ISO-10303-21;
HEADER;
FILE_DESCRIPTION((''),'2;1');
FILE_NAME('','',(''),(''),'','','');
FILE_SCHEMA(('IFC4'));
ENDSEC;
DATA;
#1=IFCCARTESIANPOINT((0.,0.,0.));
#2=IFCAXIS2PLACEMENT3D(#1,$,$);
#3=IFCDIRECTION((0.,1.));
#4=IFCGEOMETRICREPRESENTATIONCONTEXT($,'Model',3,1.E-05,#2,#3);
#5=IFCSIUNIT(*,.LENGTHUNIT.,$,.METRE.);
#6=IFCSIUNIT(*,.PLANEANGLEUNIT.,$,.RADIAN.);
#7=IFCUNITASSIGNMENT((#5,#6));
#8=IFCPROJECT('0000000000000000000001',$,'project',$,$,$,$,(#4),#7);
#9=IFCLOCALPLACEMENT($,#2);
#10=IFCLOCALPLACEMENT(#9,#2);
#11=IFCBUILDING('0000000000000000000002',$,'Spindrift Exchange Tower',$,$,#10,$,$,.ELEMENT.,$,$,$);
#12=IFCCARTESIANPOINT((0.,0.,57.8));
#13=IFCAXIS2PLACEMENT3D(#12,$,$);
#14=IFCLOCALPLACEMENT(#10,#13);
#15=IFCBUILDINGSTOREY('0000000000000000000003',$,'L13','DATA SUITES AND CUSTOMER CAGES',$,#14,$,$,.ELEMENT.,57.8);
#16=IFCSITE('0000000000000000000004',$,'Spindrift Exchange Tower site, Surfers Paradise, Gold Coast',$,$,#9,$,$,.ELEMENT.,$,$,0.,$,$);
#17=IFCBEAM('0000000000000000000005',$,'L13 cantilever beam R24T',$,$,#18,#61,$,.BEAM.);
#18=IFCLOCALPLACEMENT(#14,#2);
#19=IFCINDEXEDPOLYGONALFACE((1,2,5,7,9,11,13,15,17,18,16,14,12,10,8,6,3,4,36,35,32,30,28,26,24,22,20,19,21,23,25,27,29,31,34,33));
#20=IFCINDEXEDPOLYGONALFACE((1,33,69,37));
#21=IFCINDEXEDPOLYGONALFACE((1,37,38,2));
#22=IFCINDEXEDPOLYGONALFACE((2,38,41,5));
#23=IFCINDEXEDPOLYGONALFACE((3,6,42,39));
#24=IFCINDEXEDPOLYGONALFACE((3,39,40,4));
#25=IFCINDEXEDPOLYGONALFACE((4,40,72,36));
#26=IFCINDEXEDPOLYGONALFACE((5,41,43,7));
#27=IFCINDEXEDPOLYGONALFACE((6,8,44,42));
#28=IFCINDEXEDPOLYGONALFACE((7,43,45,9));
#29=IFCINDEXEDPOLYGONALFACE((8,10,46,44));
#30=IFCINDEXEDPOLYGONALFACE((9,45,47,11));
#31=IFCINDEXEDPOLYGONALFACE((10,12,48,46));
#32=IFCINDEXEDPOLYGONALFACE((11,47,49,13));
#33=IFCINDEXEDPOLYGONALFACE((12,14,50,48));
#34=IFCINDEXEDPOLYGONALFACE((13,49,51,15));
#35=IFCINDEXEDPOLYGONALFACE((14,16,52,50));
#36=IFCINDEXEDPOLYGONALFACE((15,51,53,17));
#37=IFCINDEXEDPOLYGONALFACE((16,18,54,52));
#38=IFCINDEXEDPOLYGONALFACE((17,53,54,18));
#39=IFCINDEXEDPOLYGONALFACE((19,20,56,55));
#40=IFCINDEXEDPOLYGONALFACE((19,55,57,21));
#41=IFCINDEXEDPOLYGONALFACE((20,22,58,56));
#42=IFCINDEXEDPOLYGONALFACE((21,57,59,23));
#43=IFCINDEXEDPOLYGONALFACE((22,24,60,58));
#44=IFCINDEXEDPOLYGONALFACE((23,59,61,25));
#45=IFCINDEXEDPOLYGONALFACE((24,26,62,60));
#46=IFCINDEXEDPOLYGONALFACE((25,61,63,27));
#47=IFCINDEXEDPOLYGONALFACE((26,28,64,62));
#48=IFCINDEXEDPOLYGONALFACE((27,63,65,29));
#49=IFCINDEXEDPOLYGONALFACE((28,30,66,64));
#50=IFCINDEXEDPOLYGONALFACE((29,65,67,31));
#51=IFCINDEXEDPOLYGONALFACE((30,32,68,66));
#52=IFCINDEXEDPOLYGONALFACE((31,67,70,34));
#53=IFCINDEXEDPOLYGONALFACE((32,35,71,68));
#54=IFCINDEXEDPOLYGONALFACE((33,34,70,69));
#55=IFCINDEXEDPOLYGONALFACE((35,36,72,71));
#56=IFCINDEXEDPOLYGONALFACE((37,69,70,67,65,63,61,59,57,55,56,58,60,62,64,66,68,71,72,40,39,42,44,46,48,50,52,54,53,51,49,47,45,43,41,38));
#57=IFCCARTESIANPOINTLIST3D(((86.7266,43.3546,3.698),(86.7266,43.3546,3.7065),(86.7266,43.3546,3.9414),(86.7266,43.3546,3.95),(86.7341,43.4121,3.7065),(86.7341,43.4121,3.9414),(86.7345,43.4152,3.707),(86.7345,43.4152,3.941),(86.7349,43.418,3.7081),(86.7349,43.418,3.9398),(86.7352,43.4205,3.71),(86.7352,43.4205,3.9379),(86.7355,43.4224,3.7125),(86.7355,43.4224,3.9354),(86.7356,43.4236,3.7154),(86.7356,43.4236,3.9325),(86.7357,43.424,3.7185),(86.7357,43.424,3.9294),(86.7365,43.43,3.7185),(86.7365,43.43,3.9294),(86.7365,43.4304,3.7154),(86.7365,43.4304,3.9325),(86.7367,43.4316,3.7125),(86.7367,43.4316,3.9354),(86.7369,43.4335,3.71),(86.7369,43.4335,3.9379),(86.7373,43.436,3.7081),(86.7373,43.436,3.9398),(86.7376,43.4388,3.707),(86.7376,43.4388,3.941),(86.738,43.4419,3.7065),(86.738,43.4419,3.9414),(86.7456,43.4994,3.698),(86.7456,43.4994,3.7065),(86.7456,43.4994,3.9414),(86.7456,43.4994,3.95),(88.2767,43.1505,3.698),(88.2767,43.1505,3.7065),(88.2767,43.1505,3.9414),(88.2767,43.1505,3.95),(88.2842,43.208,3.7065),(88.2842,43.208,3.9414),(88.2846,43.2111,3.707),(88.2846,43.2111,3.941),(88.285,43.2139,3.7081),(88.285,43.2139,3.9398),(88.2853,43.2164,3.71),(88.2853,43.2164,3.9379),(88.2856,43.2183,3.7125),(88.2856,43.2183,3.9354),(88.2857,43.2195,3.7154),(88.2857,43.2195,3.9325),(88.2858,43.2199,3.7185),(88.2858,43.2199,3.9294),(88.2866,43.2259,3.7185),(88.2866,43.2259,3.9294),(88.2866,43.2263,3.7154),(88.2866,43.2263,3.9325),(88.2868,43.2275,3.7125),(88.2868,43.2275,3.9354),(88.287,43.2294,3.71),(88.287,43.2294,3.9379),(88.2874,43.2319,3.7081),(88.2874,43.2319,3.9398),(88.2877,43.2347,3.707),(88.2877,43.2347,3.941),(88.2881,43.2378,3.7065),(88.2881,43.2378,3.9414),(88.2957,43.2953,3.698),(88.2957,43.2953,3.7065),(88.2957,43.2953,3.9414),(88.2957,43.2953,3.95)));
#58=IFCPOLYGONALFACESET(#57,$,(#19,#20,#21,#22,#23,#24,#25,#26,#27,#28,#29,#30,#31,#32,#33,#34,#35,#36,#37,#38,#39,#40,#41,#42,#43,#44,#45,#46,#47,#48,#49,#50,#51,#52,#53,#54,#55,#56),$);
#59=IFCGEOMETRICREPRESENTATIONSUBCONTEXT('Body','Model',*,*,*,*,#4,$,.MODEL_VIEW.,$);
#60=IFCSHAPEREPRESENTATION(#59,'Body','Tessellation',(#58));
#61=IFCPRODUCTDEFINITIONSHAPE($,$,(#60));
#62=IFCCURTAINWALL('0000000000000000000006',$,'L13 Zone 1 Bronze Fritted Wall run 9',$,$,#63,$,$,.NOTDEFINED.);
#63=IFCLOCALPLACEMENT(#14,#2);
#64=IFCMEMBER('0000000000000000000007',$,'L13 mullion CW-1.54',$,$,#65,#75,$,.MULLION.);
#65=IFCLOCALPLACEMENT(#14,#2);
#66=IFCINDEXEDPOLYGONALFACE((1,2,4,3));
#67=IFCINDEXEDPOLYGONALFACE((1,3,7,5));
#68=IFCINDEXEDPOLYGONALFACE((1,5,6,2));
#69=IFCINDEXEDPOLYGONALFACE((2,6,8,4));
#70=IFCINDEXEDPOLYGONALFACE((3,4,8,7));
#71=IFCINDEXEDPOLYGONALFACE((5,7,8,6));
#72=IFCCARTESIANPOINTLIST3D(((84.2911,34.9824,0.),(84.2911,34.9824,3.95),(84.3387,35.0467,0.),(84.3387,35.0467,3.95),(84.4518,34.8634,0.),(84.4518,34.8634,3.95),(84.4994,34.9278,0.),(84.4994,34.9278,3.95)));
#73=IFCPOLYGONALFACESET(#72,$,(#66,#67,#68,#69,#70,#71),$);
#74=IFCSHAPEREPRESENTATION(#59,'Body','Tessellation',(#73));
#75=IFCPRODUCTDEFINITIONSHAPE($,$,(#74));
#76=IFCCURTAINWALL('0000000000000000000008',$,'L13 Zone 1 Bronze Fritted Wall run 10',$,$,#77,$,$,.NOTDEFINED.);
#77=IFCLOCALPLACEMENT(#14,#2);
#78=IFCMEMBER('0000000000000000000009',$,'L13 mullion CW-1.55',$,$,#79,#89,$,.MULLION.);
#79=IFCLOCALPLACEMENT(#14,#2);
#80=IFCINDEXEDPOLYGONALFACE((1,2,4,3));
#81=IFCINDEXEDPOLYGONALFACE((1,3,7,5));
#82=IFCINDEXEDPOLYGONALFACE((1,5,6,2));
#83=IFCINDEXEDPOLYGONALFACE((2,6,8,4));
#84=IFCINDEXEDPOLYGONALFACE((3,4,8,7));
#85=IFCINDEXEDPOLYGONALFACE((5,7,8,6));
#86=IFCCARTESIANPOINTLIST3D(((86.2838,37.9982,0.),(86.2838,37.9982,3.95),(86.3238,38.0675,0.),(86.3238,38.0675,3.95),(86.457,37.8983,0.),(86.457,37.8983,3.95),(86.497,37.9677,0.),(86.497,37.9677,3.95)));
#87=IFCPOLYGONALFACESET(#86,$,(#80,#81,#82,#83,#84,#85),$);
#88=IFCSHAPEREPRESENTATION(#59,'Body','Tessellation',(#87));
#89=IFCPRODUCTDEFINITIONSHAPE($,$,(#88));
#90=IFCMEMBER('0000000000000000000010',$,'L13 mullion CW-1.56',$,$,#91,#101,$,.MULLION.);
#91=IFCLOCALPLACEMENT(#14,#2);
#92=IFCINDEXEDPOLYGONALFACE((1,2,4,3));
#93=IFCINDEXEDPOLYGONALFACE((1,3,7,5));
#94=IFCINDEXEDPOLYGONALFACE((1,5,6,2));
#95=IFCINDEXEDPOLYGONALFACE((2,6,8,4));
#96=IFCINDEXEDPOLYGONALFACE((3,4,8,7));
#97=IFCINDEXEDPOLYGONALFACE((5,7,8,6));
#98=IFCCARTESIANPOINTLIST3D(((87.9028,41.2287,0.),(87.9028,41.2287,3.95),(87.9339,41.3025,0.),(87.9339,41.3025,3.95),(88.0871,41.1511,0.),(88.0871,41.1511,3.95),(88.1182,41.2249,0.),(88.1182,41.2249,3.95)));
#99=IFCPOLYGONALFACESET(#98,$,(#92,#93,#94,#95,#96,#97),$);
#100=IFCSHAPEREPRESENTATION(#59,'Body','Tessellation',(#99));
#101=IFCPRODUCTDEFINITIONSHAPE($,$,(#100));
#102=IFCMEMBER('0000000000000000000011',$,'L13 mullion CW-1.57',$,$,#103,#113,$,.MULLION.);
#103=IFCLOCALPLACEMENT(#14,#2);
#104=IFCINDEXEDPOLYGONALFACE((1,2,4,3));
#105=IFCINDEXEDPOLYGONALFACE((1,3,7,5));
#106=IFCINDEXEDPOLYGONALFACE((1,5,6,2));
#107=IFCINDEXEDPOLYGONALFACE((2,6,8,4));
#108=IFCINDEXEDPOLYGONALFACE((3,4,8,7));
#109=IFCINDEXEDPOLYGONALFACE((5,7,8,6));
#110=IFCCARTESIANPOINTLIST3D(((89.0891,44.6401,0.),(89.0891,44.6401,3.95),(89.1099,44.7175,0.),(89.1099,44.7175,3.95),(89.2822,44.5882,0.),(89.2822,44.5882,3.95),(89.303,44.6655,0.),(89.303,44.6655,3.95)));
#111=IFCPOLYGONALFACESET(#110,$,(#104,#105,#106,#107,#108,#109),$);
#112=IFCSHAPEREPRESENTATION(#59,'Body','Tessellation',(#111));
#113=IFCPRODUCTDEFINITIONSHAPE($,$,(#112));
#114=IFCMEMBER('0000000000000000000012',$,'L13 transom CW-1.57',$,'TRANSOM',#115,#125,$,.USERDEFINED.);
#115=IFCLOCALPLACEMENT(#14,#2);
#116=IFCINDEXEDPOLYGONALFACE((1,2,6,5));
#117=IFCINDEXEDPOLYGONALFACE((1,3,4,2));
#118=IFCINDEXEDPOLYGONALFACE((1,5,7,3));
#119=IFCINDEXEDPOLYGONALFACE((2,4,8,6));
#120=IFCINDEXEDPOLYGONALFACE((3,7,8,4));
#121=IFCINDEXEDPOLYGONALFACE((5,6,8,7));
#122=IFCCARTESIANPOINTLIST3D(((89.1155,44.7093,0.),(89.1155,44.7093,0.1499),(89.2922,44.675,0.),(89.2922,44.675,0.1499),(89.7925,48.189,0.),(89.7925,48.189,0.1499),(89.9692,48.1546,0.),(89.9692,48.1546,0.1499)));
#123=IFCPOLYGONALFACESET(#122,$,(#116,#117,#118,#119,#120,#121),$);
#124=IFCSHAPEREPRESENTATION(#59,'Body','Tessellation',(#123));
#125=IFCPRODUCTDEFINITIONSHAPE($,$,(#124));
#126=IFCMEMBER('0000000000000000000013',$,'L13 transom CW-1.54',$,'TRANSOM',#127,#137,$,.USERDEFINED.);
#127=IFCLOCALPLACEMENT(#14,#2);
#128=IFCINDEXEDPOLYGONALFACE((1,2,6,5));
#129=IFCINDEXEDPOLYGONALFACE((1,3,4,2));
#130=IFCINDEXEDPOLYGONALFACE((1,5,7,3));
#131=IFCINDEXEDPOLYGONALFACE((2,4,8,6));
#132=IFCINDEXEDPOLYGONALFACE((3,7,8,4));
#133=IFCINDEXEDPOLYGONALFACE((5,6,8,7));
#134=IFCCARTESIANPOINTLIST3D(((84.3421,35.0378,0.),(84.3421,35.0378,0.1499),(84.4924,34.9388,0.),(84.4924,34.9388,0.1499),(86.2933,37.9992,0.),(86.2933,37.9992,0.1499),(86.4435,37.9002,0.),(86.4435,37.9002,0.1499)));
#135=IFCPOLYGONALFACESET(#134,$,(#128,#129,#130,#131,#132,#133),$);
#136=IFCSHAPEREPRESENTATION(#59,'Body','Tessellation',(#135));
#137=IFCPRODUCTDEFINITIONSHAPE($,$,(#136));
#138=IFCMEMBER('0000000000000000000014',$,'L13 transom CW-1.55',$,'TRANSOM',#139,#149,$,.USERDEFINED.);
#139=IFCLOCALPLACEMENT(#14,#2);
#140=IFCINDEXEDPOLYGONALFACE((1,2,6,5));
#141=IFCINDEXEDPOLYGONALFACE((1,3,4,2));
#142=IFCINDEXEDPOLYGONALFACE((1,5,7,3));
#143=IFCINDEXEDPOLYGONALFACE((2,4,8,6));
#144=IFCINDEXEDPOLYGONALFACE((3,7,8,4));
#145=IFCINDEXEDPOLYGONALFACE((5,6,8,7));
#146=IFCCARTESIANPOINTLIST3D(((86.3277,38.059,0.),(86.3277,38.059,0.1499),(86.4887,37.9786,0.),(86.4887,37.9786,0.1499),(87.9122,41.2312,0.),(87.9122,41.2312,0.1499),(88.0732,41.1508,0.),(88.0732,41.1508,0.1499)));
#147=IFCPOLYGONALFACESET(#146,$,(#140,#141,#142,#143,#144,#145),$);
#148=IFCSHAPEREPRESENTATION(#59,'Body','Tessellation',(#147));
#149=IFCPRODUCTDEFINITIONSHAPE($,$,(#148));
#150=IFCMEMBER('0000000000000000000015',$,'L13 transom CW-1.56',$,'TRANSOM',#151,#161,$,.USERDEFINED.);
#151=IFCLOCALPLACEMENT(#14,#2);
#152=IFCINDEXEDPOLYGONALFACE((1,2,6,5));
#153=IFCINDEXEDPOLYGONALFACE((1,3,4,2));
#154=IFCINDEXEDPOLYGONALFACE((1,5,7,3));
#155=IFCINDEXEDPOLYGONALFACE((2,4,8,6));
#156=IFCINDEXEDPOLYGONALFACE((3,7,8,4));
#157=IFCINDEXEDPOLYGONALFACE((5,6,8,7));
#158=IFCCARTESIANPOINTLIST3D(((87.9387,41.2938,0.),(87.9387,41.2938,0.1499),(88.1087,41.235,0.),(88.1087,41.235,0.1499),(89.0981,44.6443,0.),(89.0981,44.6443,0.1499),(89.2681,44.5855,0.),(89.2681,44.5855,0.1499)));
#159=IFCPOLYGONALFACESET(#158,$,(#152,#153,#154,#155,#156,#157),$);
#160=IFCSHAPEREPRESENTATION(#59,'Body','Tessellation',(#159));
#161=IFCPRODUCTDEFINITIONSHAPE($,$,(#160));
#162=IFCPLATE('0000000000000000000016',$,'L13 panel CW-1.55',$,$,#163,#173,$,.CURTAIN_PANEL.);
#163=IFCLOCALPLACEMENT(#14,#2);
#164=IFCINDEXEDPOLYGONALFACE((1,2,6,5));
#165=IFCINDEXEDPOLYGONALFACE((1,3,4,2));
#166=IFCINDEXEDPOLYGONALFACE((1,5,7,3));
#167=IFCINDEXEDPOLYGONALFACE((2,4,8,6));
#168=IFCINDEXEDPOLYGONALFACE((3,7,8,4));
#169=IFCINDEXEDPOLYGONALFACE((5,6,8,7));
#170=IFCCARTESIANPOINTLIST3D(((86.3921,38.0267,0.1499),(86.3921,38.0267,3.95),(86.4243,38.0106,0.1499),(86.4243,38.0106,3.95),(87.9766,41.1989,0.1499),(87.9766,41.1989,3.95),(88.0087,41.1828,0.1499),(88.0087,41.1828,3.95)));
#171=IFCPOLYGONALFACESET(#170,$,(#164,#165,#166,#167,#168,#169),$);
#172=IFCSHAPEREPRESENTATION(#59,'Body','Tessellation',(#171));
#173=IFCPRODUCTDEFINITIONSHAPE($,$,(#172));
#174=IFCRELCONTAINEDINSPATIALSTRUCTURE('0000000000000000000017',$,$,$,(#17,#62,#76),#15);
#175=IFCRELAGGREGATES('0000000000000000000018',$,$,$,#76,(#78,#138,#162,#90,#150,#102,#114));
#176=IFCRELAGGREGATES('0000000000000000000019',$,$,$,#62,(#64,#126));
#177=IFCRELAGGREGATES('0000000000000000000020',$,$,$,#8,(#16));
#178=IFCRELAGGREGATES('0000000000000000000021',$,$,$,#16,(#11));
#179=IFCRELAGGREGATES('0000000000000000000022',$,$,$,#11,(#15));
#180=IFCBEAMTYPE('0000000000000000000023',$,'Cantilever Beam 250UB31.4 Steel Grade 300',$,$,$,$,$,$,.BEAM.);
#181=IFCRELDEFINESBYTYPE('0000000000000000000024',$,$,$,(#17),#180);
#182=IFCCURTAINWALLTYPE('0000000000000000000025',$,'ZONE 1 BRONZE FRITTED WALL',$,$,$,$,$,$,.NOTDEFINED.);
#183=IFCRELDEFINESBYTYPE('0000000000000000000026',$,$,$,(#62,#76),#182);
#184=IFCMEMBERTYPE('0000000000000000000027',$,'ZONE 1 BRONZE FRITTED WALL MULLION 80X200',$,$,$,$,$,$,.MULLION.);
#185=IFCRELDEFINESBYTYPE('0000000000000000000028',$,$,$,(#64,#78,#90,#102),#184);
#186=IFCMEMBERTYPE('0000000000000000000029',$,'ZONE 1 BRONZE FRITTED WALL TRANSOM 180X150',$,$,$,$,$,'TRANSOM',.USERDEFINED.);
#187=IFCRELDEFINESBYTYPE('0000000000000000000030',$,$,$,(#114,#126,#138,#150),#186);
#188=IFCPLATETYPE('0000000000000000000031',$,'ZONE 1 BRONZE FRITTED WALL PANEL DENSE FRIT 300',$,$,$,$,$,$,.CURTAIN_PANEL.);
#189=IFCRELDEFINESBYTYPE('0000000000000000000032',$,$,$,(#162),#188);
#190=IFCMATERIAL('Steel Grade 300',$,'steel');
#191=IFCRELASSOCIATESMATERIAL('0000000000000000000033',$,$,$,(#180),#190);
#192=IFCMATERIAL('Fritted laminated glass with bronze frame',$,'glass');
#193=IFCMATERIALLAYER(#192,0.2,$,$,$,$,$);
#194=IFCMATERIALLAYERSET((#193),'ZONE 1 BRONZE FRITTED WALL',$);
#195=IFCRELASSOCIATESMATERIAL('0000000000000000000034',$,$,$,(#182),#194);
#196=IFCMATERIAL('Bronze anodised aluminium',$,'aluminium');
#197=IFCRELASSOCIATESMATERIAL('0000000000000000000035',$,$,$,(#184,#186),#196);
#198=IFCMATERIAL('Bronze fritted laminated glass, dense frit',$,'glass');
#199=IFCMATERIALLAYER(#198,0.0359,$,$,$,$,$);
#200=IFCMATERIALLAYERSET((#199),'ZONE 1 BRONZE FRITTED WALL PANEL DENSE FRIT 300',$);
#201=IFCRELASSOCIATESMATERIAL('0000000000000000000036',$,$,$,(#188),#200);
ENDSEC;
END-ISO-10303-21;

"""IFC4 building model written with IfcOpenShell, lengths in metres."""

from ifc_helpers import new_model, si_unit, direction, frame, origin, origin_2d, place, context, subcontext, project, spatial, rectangle, i_section, extrude, source, transform, mapped, material, layer, layer_set, material_profile, profile_set, type_object, element, aggregate, save


model = new_model("IFC4")

# Units and contexts
model_context = context("Model", 3, precision=1e-05, world=origin(), true_north=direction((0.0, 1.0)))
body_context = subcontext(model_context, "Body", "Model", "MODEL_VIEW")
ifc_project = project(units=[si_unit("LENGTHUNIT", "METRE"), si_unit("PLANEANGLEUNIT", "RADIAN")], contexts=[model_context])

# Site, building, storey
site_placement = place(None, origin())
site = spatial("IfcSite", under=ifc_project, at=site_placement, Name="Spindrift Exchange Tower site, Surfers Paradise, Gold Coast", CompositionType="ELEMENT", RefElevation=0.0)
building_placement = place(site_placement, origin())
building = spatial("IfcBuilding", under=site, at=building_placement, Name="Spindrift Exchange Tower", CompositionType="ELEMENT")
storey_placement = place(building_placement, frame((0.0, 0.0, 57.8)))
storey = spatial("IfcBuildingStorey", under=building, at=storey_placement, Name="L13", Description="DATA SUITES AND CUSTOMER CAGES", CompositionType="ELEMENT", Elevation=57.8)

# Beam
ifc_material_1 = material(Name="Steel Grade 300", Category="steel")
ifc_material_profile_1 = material_profile(ifc_material_1, i_section(OverallWidth=0.146, OverallDepth=0.252, WebThickness=0.0061, FlangeThickness=0.0085, FilletRadius=0.012, at=origin_2d()), Name="250UB31.4")
ifc_profile_set_1 = profile_set([ifc_material_profile_1], Name="Steel Grade 300")
beam_type_1 = type_object("IfcBeamType", Name="Cantilever Beam 250UB31.4 Steel Grade 300", PredefinedType="BEAM", material=ifc_profile_set_1)
shared_shape_1 = source(origin(), body_context, "Body", "SweptSolid", [
    extrude(i_section(OverallWidth=0.146, OverallDepth=0.252, WebThickness=0.0061, FlangeThickness=0.0085, FilletRadius=0.012, at=origin_2d()), origin(), (0.0, 0.0, 1.0), 1.5635),
])
beam_1_placement = place(storey_placement, frame((86.7361, 43.427, 3.824), z_axis=(0.991442, -0.130547, 0.0), x_axis=(0.130547, 0.991442, 0.0)))
element("IfcBeam", 1, at=beam_1_placement, inside=storey, type_object=beam_type_1, Name="L13 cantilever beam R24T", PredefinedType="BEAM", context=body_context, shape_type="MappedRepresentation", body=[
    mapped(shared_shape_1, transform((0.0, 0.0, 0.0), scale=1.0)),
])

# Curtain wall, member
ifc_material_2 = material(Name="Fritted laminated glass with bronze frame", Category="glass")
ifc_layer_1 = layer(ifc_material_2, 0.2)
ifc_layer_set_1 = layer_set([ifc_layer_1], Name="ZONE 1 BRONZE FRITTED WALL")
curtain_wall_type = type_object("IfcCurtainWallType", Name="ZONE 1 BRONZE FRITTED WALL", PredefinedType="NOTDEFINED", material=ifc_layer_set_1)
curtain_wall_1_placement = place(storey_placement, origin())
curtain_wall_1 = element("IfcCurtainWall", 2, at=curtain_wall_1_placement, inside=storey, type_object=curtain_wall_type, Name="L13 Zone 1 Bronze Fritted Wall run 9", PredefinedType="NOTDEFINED")
ifc_material_3 = material(Name="Bronze anodised aluminium", Category="aluminium")
ifc_material_profile_2 = material_profile(ifc_material_3, rectangle(XDim=0.0801, YDim=0.2, at=origin_2d()), Name="ZONE 1 BRONZE FRITTED WALL MULLION 80X200")
ifc_profile_set_2 = profile_set([ifc_material_profile_2], Name="Bronze anodised aluminium")
member_type_1 = type_object("IfcMemberType", Name="ZONE 1 BRONZE FRITTED WALL MULLION 80X200", PredefinedType="MULLION", material=ifc_profile_set_2)
shared_shape_2 = source(origin(), body_context, "Body", "SweptSolid", [
    extrude(rectangle(XDim=0.0801, YDim=0.2, at=origin_2d()), origin(), (0.0, 0.0, 1.0), 3.95),
])
member_1_placement = place(storey_placement, frame((84.3953, 34.9551, 0.0), z_axis=(0.0, 0.0, 1.0), x_axis=(0.595044, 0.803693, 0.0)))
member_1 = element("IfcMember", 3, at=member_1_placement, type_object=member_type_1, Name="L13 mullion CW-1.54", PredefinedType="MULLION", context=body_context, shape_type="MappedRepresentation", body=[
    mapped(shared_shape_2, transform((0.0, 0.0, 0.0), scale=1.0)),
])

# Curtain wall, members
curtain_wall_2_placement = place(storey_placement, origin())
curtain_wall_2 = element("IfcCurtainWall", 4, at=curtain_wall_2_placement, inside=storey, type_object=curtain_wall_type, Name="L13 Zone 1 Bronze Fritted Wall run 10", PredefinedType="NOTDEFINED")
member_2_placement = place(storey_placement, frame((86.3904, 37.9829, 0.0), z_axis=(0.0, 0.0, 1.0), x_axis=(0.49942, 0.86636, 0.0)))
member_2 = element("IfcMember", 5, at=member_2_placement, type_object=member_type_1, Name="L13 mullion CW-1.55", PredefinedType="MULLION", context=body_context, shape_type="MappedRepresentation", body=[
    mapped(shared_shape_2, transform((0.0, 0.0, 0.0), scale=1.0)),
])
member_3_placement = place(storey_placement, frame((88.0105, 41.2268, 0.0), z_axis=(0.0, 0.0, 1.0), x_axis=(0.38774, 0.921769, 0.0)))
member_3 = element("IfcMember", 6, at=member_3_placement, type_object=member_type_1, Name="L13 mullion CW-1.56", PredefinedType="MULLION", context=body_context, shape_type="MappedRepresentation", body=[
    mapped(shared_shape_2, transform((0.0, 0.0, 0.0), scale=1.0)),
])
member_4_placement = place(storey_placement, frame((89.196, 44.6528, 0.0), z_axis=(0.0, 0.0, 1.0), x_axis=(0.259644, 0.965704, 0.0)))
member_4 = element("IfcMember", 7, at=member_4_placement, type_object=member_type_1, Name="L13 mullion CW-1.57", PredefinedType="MULLION", context=body_context, shape_type="MappedRepresentation", body=[
    mapped(shared_shape_2, transform((0.0, 0.0, 0.0), scale=1.0)),
])
ifc_material_profile_3 = material_profile(ifc_material_3, rectangle(XDim=0.1799, YDim=0.1499, at=origin_2d()), Name="ZONE 1 BRONZE FRITTED WALL TRANSOM 180X150")
ifc_profile_set_3 = profile_set([ifc_material_profile_3], Name="Bronze anodised aluminium")
member_type_2 = type_object("IfcMemberType", Name="ZONE 1 BRONZE FRITTED WALL TRANSOM 180X150", ElementType="TRANSOM", PredefinedType="USERDEFINED", material=ifc_profile_set_3)
shared_shape_3 = source(origin(), body_context, "Body", "SweptSolid", [
    extrude(rectangle(XDim=0.1799, YDim=0.1499, at=origin_2d()), origin(), (0.0, 0.0, 1.0), 3.5449),
])
member_5_placement = place(storey_placement, frame((89.2039, 44.6921, 0.075), z_axis=(0.190975, 0.981595, 0.0), x_axis=(-0.981595, 0.190975, 0.0)))
member_5 = element("IfcMember", 8, at=member_5_placement, type_object=member_type_2, Name="L13 transom CW-1.57", ObjectType="TRANSOM", PredefinedType="USERDEFINED", context=body_context, shape_type="MappedRepresentation", body=[
    mapped(shared_shape_3, transform((0.0, 0.0, 0.0), scale=1.0)),
])

# Members
shared_shape_4 = source(origin(), body_context, "Body", "SweptSolid", [
    extrude(rectangle(XDim=0.1799, YDim=0.1499, at=origin_2d()), origin(), (0.0, 0.0, 1.0), 3.5464),
])
member_6_placement = place(storey_placement, frame((84.4172, 34.9883, 0.075), z_axis=(0.55018, 0.835046, 0.0), x_axis=(-0.835046, 0.55018, 0.0)))
member_6 = element("IfcMember", 9, at=member_6_placement, type_object=member_type_2, Name="L13 transom CW-1.54", ObjectType="TRANSOM", PredefinedType="USERDEFINED", context=body_context, shape_type="MappedRepresentation", body=[
    mapped(shared_shape_4, transform((0.0, 0.0, 0.0), scale=1.0)),
])
shared_shape_5 = source(origin(), body_context, "Body", "SweptSolid", [
    extrude(rectangle(XDim=0.1799, YDim=0.1499, at=origin_2d()), origin(), (0.0, 0.0, 1.0), 3.5459),
])
member_7_placement = place(storey_placement, frame((86.4082, 38.0188, 0.075), z_axis=(0.446856, 0.894606, 0.0), x_axis=(-0.894606, 0.446856, 0.0)))
member_7 = element("IfcMember", 10, at=member_7_placement, type_object=member_type_2, Name="L13 transom CW-1.55", ObjectType="TRANSOM", PredefinedType="USERDEFINED", context=body_context, shape_type="MappedRepresentation", body=[
    mapped(shared_shape_5, transform((0.0, 0.0, 0.0), scale=1.0)),
])
shared_shape_6 = source(origin(), body_context, "Body", "SweptSolid", [
    extrude(rectangle(XDim=0.1799, YDim=0.1499, at=origin_2d()), origin(), (0.0, 0.0, 1.0), 3.5454),
])
member_8_placement = place(storey_placement, frame((88.0237, 41.2644, 0.075), z_axis=(0.327011, 0.94502, 0.0), x_axis=(-0.94502, 0.327011, 0.0)))
member_8 = element("IfcMember", 11, at=member_8_placement, type_object=member_type_2, Name="L13 transom CW-1.56", ObjectType="TRANSOM", PredefinedType="USERDEFINED", context=body_context, shape_type="MappedRepresentation", body=[
    mapped(shared_shape_6, transform((0.0, 0.0, 0.0), scale=1.0)),
])

# Plate
ifc_material_4 = material(Name="Bronze fritted laminated glass, dense frit", Category="glass")
ifc_layer_2 = layer(ifc_material_4, 0.0359)
ifc_layer_set_2 = layer_set([ifc_layer_2], Name="ZONE 1 BRONZE FRITTED WALL PANEL DENSE FRIT 300")
plate_type_1 = type_object("IfcPlateType", Name="ZONE 1 BRONZE FRITTED WALL PANEL DENSE FRIT 300", PredefinedType="CURTAIN_PANEL", material=ifc_layer_set_2)
shared_shape_7 = source(origin(), body_context, "Body", "SweptSolid", [
    extrude(rectangle(XDim=3.5459, YDim=0.0359, at=origin_2d()), origin(), (0.0, 0.0, 1.0), 3.8),
])
plate_1_placement = place(storey_placement, frame((87.2004, 39.6047, 0.1499), z_axis=(0.0, 0.0, 1.0), x_axis=(0.446849, 0.894609, 0.0)))
plate_1 = element("IfcPlate", 12, at=plate_1_placement, type_object=plate_type_1, Name="L13 panel CW-1.55", PredefinedType="CURTAIN_PANEL", context=body_context, shape_type="MappedRepresentation", body=[
    mapped(shared_shape_7, transform((0.0, 0.0, 0.0), scale=1.0)),
])
aggregate(curtain_wall_2, [member_2, member_7, plate_1, member_3, member_8, member_4, member_5])
aggregate(curtain_wall_1, [member_1, member_6])

save(model, "model.ifc")
